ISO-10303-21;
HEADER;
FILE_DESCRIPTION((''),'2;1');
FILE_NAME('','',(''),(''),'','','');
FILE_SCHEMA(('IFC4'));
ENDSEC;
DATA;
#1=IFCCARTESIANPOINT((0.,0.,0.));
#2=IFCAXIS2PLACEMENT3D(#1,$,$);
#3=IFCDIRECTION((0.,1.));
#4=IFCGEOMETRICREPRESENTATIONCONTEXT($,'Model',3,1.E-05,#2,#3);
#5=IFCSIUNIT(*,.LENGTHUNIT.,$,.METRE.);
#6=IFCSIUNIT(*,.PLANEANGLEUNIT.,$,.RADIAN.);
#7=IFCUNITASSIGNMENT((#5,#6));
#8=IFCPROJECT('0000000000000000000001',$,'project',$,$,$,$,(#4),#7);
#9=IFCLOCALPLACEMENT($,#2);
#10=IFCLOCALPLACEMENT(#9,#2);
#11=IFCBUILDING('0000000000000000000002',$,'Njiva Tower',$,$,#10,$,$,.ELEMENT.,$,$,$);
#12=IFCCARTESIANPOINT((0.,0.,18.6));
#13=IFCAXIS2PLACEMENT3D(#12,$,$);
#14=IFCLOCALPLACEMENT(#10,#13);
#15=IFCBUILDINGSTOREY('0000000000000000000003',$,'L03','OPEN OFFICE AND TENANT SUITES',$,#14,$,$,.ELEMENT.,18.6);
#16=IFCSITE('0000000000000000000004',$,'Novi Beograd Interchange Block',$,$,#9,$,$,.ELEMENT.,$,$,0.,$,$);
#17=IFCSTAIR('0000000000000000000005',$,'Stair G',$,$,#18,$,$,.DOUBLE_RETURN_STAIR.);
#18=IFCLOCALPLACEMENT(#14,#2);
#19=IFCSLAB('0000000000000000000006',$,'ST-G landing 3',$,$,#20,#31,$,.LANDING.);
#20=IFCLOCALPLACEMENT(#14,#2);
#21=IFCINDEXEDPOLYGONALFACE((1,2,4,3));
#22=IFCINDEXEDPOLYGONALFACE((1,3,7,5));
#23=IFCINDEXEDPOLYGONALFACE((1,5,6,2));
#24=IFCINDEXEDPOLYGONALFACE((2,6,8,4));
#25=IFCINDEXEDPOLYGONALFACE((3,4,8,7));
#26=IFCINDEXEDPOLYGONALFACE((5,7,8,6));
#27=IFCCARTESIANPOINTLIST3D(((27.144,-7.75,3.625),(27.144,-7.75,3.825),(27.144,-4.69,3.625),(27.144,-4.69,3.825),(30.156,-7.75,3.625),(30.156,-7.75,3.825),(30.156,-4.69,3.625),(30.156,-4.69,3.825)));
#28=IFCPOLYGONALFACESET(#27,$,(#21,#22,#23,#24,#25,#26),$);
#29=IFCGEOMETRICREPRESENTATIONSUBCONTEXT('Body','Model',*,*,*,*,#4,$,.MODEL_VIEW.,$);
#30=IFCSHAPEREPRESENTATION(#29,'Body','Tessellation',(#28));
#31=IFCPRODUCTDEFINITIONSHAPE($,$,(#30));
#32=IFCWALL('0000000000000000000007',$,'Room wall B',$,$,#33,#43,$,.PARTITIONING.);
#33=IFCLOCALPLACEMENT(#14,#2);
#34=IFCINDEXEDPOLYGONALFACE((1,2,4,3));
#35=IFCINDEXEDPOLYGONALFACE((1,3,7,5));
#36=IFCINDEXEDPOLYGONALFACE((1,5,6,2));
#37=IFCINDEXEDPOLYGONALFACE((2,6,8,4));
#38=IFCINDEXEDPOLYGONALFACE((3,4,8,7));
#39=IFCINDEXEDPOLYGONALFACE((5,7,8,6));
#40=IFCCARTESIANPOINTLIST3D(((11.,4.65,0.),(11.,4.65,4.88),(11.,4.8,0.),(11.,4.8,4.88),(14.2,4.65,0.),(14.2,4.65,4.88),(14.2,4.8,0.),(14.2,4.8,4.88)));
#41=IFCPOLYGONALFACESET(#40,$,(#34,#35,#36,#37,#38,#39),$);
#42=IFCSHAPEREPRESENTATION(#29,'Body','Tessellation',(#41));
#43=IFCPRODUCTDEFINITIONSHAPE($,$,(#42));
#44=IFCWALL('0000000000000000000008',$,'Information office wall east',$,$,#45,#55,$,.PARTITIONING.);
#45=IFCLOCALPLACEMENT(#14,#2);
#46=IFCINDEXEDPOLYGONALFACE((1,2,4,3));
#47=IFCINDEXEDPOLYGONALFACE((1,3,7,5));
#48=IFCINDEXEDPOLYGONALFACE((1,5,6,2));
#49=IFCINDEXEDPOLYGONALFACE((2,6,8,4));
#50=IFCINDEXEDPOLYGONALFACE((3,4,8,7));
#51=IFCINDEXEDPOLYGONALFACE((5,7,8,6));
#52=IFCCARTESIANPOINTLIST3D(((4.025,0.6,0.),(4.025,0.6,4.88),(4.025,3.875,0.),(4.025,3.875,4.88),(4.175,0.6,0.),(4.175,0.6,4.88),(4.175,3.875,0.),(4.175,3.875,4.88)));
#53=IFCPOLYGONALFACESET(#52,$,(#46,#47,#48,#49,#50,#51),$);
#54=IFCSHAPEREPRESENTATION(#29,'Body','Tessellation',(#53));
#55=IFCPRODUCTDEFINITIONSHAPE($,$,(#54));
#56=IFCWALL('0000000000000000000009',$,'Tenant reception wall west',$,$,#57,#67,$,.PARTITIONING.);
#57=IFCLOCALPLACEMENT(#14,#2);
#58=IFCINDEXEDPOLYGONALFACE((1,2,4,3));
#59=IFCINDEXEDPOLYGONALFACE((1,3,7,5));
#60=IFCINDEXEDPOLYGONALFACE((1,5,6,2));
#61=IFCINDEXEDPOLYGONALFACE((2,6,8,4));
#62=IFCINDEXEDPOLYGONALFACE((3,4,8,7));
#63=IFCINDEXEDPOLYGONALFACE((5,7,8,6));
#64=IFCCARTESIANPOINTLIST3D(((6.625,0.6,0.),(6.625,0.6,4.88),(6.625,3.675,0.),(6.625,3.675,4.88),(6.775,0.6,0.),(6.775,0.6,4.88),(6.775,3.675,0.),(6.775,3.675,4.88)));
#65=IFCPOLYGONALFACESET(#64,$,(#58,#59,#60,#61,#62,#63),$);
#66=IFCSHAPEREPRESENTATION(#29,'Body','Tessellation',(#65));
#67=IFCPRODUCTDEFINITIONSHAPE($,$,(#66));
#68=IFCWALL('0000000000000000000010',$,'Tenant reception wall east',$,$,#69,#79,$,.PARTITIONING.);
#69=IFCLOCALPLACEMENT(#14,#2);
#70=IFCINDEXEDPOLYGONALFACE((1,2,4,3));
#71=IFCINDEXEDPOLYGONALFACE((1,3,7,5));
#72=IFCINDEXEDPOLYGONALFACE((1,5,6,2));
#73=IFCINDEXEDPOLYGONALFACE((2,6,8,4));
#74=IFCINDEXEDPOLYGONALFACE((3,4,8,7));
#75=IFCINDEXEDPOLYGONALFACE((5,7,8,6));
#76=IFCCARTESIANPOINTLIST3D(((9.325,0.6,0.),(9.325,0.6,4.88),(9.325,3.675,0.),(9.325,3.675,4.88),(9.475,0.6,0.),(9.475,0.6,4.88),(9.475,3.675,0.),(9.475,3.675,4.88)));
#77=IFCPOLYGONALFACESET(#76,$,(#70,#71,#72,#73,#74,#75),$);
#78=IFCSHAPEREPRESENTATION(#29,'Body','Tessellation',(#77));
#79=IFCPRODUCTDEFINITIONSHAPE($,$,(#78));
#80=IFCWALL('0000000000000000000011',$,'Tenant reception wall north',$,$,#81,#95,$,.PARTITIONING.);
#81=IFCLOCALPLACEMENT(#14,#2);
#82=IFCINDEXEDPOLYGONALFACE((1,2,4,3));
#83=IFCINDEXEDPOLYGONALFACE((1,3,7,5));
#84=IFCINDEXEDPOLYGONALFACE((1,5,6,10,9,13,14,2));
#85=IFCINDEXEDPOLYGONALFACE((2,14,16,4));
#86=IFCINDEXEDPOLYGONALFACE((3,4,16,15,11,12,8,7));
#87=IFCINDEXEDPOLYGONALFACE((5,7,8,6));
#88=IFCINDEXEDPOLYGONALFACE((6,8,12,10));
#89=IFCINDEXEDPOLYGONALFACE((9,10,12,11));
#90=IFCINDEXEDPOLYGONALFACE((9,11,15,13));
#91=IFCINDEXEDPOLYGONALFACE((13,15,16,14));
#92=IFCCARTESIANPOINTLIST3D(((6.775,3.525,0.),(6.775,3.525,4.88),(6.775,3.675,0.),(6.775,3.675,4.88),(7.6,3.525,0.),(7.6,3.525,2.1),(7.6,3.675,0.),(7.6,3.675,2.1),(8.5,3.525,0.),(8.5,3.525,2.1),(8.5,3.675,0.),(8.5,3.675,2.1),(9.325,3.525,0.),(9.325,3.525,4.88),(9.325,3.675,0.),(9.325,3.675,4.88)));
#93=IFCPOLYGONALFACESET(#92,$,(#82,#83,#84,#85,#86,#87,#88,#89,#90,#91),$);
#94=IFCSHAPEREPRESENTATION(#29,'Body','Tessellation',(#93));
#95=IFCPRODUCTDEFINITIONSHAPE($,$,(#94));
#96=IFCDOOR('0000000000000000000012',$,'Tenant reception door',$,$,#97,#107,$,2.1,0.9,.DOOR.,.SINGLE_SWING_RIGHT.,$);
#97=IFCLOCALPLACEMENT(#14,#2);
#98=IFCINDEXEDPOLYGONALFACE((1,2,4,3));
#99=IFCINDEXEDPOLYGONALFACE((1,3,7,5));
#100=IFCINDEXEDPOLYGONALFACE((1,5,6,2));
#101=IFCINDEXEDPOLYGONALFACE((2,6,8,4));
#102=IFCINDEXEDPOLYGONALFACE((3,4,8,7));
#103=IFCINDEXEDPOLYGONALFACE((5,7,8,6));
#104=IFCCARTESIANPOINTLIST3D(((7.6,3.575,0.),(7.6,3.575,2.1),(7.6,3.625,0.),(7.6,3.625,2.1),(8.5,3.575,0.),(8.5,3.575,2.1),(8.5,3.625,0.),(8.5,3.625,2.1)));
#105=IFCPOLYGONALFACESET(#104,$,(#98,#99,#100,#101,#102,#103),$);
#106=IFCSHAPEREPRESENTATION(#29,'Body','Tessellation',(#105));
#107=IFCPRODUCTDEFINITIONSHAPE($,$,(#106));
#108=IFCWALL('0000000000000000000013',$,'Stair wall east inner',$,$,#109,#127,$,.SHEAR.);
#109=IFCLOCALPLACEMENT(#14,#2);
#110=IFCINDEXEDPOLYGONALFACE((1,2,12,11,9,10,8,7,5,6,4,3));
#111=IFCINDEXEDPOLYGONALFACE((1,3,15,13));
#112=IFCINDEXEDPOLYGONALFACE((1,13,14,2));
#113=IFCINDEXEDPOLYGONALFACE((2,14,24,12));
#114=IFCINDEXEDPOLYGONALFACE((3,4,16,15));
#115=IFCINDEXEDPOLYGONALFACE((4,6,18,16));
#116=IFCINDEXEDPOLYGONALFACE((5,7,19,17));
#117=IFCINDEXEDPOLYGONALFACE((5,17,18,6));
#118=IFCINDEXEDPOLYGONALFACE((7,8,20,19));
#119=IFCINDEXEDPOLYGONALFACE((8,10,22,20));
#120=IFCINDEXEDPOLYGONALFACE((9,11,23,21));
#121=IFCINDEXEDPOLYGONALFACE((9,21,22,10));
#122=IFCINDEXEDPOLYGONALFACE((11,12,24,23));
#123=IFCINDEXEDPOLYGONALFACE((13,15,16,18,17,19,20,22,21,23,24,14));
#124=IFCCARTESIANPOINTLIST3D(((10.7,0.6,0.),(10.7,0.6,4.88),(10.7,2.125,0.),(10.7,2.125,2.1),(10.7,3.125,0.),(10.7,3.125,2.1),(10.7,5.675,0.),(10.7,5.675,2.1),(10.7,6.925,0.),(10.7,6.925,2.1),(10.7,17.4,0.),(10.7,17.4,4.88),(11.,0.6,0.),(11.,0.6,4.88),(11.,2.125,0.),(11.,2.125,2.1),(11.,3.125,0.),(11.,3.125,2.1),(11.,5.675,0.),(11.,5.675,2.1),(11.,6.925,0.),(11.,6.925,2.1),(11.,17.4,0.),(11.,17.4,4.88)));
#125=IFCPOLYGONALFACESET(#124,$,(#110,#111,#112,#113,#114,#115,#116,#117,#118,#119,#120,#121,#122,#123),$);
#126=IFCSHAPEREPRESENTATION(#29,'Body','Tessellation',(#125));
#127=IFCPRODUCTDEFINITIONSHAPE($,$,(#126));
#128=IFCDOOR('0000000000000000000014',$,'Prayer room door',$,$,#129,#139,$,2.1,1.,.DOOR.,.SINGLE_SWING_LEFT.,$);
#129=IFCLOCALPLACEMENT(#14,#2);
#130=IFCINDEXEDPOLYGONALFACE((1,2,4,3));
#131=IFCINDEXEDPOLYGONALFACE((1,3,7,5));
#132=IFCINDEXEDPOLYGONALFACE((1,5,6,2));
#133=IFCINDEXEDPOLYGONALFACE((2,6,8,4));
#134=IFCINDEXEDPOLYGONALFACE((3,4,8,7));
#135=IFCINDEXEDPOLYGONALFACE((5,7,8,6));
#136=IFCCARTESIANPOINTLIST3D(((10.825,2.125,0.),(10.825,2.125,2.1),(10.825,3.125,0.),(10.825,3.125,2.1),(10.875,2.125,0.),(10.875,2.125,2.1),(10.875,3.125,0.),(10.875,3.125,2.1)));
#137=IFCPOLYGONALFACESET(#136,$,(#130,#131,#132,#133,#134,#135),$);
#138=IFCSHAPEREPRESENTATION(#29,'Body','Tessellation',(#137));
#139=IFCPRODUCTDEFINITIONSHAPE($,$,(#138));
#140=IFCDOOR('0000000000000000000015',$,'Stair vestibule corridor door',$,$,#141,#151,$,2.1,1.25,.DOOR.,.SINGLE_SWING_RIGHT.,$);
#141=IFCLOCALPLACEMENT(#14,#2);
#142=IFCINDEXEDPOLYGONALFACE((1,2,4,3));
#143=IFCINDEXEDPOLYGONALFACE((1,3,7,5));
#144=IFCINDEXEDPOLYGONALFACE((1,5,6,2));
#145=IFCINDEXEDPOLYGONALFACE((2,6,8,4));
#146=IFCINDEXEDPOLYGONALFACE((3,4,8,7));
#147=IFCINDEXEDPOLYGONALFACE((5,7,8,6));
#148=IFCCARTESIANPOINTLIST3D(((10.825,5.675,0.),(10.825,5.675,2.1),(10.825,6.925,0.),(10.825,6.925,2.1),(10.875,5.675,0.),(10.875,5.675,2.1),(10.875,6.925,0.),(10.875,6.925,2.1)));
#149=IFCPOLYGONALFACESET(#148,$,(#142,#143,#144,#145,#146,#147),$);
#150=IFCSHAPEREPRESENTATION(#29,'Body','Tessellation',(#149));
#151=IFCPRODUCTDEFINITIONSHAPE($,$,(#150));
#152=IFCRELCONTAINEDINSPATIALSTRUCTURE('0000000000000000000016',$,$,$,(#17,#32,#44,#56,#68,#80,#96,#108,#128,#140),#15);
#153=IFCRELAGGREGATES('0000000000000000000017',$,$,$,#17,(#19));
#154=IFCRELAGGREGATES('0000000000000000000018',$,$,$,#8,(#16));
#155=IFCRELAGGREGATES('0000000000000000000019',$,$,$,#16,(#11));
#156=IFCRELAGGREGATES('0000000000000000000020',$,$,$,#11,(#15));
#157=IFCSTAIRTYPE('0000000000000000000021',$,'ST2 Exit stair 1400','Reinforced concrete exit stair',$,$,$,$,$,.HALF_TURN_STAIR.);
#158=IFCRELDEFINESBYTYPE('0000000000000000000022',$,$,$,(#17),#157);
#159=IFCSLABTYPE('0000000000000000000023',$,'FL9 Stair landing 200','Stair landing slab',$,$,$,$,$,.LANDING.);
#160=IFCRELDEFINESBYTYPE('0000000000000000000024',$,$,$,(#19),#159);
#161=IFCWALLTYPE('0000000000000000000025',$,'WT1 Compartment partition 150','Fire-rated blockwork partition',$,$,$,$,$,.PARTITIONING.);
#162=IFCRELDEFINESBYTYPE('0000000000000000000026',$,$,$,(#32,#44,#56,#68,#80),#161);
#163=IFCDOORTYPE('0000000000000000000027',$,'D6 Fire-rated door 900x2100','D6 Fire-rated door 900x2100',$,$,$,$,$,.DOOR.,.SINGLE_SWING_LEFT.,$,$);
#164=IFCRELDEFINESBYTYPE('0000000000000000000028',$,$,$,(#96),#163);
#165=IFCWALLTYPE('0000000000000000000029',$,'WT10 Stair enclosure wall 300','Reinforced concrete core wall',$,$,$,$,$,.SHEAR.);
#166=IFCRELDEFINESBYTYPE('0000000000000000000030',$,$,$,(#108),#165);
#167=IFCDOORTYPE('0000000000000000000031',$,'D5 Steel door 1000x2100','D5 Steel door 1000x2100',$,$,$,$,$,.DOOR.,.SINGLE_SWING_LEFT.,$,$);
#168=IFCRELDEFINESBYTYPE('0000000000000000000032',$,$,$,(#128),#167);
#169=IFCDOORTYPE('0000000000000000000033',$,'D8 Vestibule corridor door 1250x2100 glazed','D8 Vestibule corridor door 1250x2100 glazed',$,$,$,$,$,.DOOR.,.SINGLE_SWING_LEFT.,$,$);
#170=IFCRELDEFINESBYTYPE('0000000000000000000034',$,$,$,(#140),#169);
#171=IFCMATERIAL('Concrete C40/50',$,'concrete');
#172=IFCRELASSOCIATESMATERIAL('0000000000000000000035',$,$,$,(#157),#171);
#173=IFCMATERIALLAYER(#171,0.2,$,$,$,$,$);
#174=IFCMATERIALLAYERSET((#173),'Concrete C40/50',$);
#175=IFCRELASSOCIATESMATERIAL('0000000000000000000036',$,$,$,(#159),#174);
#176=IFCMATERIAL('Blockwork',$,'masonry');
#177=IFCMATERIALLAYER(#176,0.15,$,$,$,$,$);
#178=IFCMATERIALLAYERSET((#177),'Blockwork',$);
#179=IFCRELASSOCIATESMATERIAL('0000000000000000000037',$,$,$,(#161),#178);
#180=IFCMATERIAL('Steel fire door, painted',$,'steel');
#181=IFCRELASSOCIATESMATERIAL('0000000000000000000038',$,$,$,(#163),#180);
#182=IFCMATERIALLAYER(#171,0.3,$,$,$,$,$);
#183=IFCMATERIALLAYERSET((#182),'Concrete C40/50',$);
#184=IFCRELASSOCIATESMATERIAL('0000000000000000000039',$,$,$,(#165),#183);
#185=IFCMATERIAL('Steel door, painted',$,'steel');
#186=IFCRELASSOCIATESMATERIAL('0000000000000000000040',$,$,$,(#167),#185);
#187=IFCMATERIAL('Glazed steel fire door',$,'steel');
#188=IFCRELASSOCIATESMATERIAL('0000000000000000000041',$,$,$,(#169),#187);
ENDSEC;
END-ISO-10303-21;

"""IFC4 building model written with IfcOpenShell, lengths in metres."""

from ifc_helpers import new_model, si_unit, direction, frame, frame_2d, origin, place, context, subcontext, project, spatial, polyline, rectangle, outline, extrude, material, layer, layer_set, type_object, element, fill, aggregate, save


model = new_model("IFC4")

# Units and contexts
model_context = context("Model", 3, precision=1e-05, world=origin(), true_north=direction((0.0, 1.0)))
body_context = subcontext(model_context, "Body", "Model", "MODEL_VIEW")
ifc_project = project(units=[si_unit("LENGTHUNIT", "METRE"), si_unit("PLANEANGLEUNIT", "RADIAN")], contexts=[model_context])

# Site, building, storey
site_placement = place(None, origin())
site = spatial("IfcSite", under=ifc_project, at=site_placement, Name="Novi Beograd Interchange Block", CompositionType="ELEMENT", RefElevation=0.0)
building_placement = place(site_placement, origin())
building = spatial("IfcBuilding", under=site, at=building_placement, Name="Njiva Tower", CompositionType="ELEMENT")
storey_placement = place(building_placement, frame((0.0, 0.0, 18.6)))
storey = spatial("IfcBuildingStorey", under=building, at=storey_placement, Name="L03", Description="OPEN OFFICE AND TENANT SUITES", CompositionType="ELEMENT", Elevation=18.6)

# Stair, slab
ifc_material_1 = material(Name="Concrete C40/50", Category="concrete")
stair_type = type_object("IfcStairType", Name="ST2 Exit stair 1400", Description="Reinforced concrete exit stair", PredefinedType="HALF_TURN_STAIR", material=ifc_material_1)
stair_placement = place(storey_placement, origin())
stair = element("IfcStair", 1, at=stair_placement, inside=storey, type_object=stair_type, Name="Stair G", PredefinedType="DOUBLE_RETURN_STAIR")
ifc_layer_1 = layer(ifc_material_1, 0.2)
ifc_layer_set_1 = layer_set([ifc_layer_1], Name="Concrete C40/50")
slab_type = type_object("IfcSlabType", Name="FL9 Stair landing 200", Description="Stair landing slab", PredefinedType="LANDING", material=ifc_layer_set_1)
slab_placement = place(storey_placement, frame((0.0, 0.0, 3.625)))
slab = element("IfcSlab", 2, at=slab_placement, type_object=slab_type, Name="ST-G landing 3", PredefinedType="LANDING", context=body_context, shape_type="SweptSolid", body=[
    extrude(outline(polyline([(27.144, -7.75), (30.156, -7.75), (30.156, -4.69), (27.144, -4.69), (27.144, -7.75)])), origin(), (0.0, 0.0, 1.0), 0.2),
])
aggregate(stair, [slab])

# Walls
ifc_material_2 = material(Name="Blockwork", Category="masonry")
ifc_layer_2 = layer(ifc_material_2, 0.15)
ifc_layer_set_2 = layer_set([ifc_layer_2], Name="Blockwork")
wall_type_1 = type_object("IfcWallType", Name="WT1 Compartment partition 150", Description="Fire-rated blockwork partition", PredefinedType="PARTITIONING", material=ifc_layer_set_2)
wall_1_placement = place(storey_placement, frame((11.0, 4.725, 0.0), z_axis=(0.0, 0.0, 1.0), x_axis=(1.0, 0.0, 0.0)))
element("IfcWall", 3, at=wall_1_placement, inside=storey, type_object=wall_type_1, Name="Room wall B", PredefinedType="PARTITIONING", context=body_context, shape_type="SweptSolid", body=[
    extrude(rectangle(XDim=3.2, YDim=0.15, at=frame_2d((1.6, 0.0))), origin(), (0.0, 0.0, 1.0), 4.88),
])
wall_2_placement = place(storey_placement, frame((4.1, 0.6, 0.0), z_axis=(0.0, 0.0, 1.0), x_axis=(0.0, 1.0, 0.0)))
element("IfcWall", 4, at=wall_2_placement, inside=storey, type_object=wall_type_1, Name="Information office wall east", PredefinedType="PARTITIONING", context=body_context, shape_type="SweptSolid", body=[
    extrude(rectangle(XDim=3.275, YDim=0.15, at=frame_2d((1.6375, 0.0))), origin(), (0.0, 0.0, 1.0), 4.88),
])
for number, where, z_axis, x_axis, name in (
    (5, (6.7, 0.6, 0.0), (0.0, 0.0, 1.0), (0.0, 1.0, 0.0), "Tenant reception wall west"),
    (6, (9.4, 0.6, 0.0), (0.0, 0.0, 1.0), (0.0, 1.0, 0.0), "Tenant reception wall east"),
):
    element("IfcWall", number, at=place(storey_placement, frame(where, z_axis=z_axis, x_axis=x_axis)), inside=storey, type_object=wall_type_1, Name=name, PredefinedType="PARTITIONING", context=body_context, shape_type="SweptSolid", body=[
        extrude(rectangle(XDim=3.075, YDim=0.15, at=frame_2d((1.5375, 0.0))), origin(), (0.0, 0.0, 1.0), 4.88),
    ])

# Wall, opening, door
wall_3_placement = place(storey_placement, frame((6.775, 3.6, 0.0), z_axis=(0.0, 0.0, 1.0), x_axis=(1.0, 0.0, 0.0)))
wall_3 = element("IfcWall", 7, at=wall_3_placement, inside=storey, type_object=wall_type_1, Name="Tenant reception wall north", PredefinedType="PARTITIONING", context=body_context, shape_type="SweptSolid", body=[
    extrude(rectangle(XDim=2.55, YDim=0.15, at=frame_2d((1.275, 0.0))), origin(), (0.0, 0.0, 1.0), 4.88),
])
opening_1_placement = place(wall_3_placement, frame((0.825, 0.0, 0.0)))
opening_1 = element("IfcOpeningElement", 8, at=opening_1_placement, cuts=wall_3, PredefinedType="OPENING", context=body_context, shape_type="SweptSolid", body=[
    extrude(rectangle(XDim=0.9, YDim=2.1, at=frame_2d((0.45, 1.05))), frame((0.0, 0.085, 0.0), z_axis=(0.0, -1.0, 0.0), x_axis=(1.0, 0.0, 0.0)), (0.0, 0.0, 1.0), 0.17),
])
ifc_material_3 = material(Name="Steel fire door, painted", Category="steel")
door_type_1 = type_object("IfcDoorType", Name="D6 Fire-rated door 900x2100", Description="D6 Fire-rated door 900x2100", OperationType="SINGLE_SWING_LEFT", PredefinedType="DOOR", material=ifc_material_3)
door_1_placement = place(opening_1_placement, origin())
door_1 = element("IfcDoor", 9, at=door_1_placement, inside=storey, type_object=door_type_1, Name="Tenant reception door", OperationType="SINGLE_SWING_RIGHT", OverallHeight=2.1, OverallWidth=0.9, PredefinedType="DOOR", context=body_context, shape_type="SweptSolid", body=[
    extrude(rectangle(XDim=0.9, YDim=2.1, at=frame_2d((0.45, 1.05))), frame((0.0, 0.025, 0.0), z_axis=(0.0, -1.0, 0.0), x_axis=(1.0, 0.0, 0.0)), (0.0, 0.0, 1.0), 0.05),
])
fill(opening_1, door_1)

# Wall, openings, doors
ifc_layer_3 = layer(ifc_material_1, 0.3)
ifc_layer_set_3 = layer_set([ifc_layer_3], Name="Concrete C40/50")
wall_type_2 = type_object("IfcWallType", Name="WT10 Stair enclosure wall 300", Description="Reinforced concrete core wall", PredefinedType="SHEAR", material=ifc_layer_set_3)
wall_4_placement = place(storey_placement, frame((10.85, 0.6, 0.0), z_axis=(0.0, 0.0, 1.0), x_axis=(0.0, 1.0, 0.0)))
wall_4 = element("IfcWall", 10, at=wall_4_placement, inside=storey, type_object=wall_type_2, Name="Stair wall east inner", PredefinedType="SHEAR", context=body_context, shape_type="SweptSolid", body=[
    extrude(rectangle(XDim=16.8, YDim=0.3, at=frame_2d((8.4, 0.0))), origin(), (0.0, 0.0, 1.0), 4.88),
])
opening_2_placement = place(wall_4_placement, frame((5.075, 0.0, 0.0)))
opening_2 = element("IfcOpeningElement", 11, at=opening_2_placement, cuts=wall_4, PredefinedType="OPENING", context=body_context, shape_type="SweptSolid", body=[
    extrude(rectangle(XDim=1.25, YDim=2.1, at=frame_2d((0.625, 1.05))), frame((0.0, 0.16, 0.0), z_axis=(0.0, -1.0, 0.0), x_axis=(1.0, 0.0, 0.0)), (0.0, 0.0, 1.0), 0.32),
])
opening_3_placement = place(wall_4_placement, frame((1.525, 0.0, 0.0)))
opening_3 = element("IfcOpeningElement", 12, at=opening_3_placement, cuts=wall_4, PredefinedType="OPENING", context=body_context, shape_type="SweptSolid", body=[
    extrude(rectangle(XDim=1.0, YDim=2.1, at=frame_2d((0.5, 1.05))), frame((0.0, 0.16, 0.0), z_axis=(0.0, -1.0, 0.0), x_axis=(1.0, 0.0, 0.0)), (0.0, 0.0, 1.0), 0.32),
])
ifc_material_4 = material(Name="Steel door, painted", Category="steel")
door_type_2 = type_object("IfcDoorType", Name="D5 Steel door 1000x2100", Description="D5 Steel door 1000x2100", OperationType="SINGLE_SWING_LEFT", PredefinedType="DOOR", material=ifc_material_4)
door_2_placement = place(opening_3_placement, origin())
door_2 = element("IfcDoor", 13, at=door_2_placement, inside=storey, type_object=door_type_2, Name="Prayer room door", OperationType="SINGLE_SWING_LEFT", OverallHeight=2.1, OverallWidth=1.0, PredefinedType="DOOR", context=body_context, shape_type="SweptSolid", body=[
    extrude(rectangle(XDim=1.0, YDim=2.1, at=frame_2d((0.5, 1.05))), frame((0.0, 0.025, 0.0), z_axis=(0.0, -1.0, 0.0), x_axis=(1.0, 0.0, 0.0)), (0.0, 0.0, 1.0), 0.05),
])
fill(opening_3, door_2)
ifc_material_5 = material(Name="Glazed steel fire door", Category="steel")
door_type_3 = type_object("IfcDoorType", Name="D8 Vestibule corridor door 1250x2100 glazed", Description="D8 Vestibule corridor door 1250x2100 glazed", OperationType="SINGLE_SWING_LEFT", PredefinedType="DOOR", material=ifc_material_5)
door_3_placement = place(opening_2_placement, origin())
door_3 = element("IfcDoor", 14, at=door_3_placement, inside=storey, type_object=door_type_3, Name="Stair vestibule corridor door", OperationType="SINGLE_SWING_RIGHT", OverallHeight=2.1, OverallWidth=1.25, PredefinedType="DOOR", context=body_context, shape_type="SweptSolid", body=[
    extrude(rectangle(XDim=1.25, YDim=2.1, at=frame_2d((0.625, 1.05))), frame((0.0, 0.025, 0.0), z_axis=(0.0, -1.0, 0.0), x_axis=(1.0, 0.0, 0.0)), (0.0, 0.0, 1.0), 0.05),
])
fill(opening_2, door_3)

save(model, "model.ifc")
